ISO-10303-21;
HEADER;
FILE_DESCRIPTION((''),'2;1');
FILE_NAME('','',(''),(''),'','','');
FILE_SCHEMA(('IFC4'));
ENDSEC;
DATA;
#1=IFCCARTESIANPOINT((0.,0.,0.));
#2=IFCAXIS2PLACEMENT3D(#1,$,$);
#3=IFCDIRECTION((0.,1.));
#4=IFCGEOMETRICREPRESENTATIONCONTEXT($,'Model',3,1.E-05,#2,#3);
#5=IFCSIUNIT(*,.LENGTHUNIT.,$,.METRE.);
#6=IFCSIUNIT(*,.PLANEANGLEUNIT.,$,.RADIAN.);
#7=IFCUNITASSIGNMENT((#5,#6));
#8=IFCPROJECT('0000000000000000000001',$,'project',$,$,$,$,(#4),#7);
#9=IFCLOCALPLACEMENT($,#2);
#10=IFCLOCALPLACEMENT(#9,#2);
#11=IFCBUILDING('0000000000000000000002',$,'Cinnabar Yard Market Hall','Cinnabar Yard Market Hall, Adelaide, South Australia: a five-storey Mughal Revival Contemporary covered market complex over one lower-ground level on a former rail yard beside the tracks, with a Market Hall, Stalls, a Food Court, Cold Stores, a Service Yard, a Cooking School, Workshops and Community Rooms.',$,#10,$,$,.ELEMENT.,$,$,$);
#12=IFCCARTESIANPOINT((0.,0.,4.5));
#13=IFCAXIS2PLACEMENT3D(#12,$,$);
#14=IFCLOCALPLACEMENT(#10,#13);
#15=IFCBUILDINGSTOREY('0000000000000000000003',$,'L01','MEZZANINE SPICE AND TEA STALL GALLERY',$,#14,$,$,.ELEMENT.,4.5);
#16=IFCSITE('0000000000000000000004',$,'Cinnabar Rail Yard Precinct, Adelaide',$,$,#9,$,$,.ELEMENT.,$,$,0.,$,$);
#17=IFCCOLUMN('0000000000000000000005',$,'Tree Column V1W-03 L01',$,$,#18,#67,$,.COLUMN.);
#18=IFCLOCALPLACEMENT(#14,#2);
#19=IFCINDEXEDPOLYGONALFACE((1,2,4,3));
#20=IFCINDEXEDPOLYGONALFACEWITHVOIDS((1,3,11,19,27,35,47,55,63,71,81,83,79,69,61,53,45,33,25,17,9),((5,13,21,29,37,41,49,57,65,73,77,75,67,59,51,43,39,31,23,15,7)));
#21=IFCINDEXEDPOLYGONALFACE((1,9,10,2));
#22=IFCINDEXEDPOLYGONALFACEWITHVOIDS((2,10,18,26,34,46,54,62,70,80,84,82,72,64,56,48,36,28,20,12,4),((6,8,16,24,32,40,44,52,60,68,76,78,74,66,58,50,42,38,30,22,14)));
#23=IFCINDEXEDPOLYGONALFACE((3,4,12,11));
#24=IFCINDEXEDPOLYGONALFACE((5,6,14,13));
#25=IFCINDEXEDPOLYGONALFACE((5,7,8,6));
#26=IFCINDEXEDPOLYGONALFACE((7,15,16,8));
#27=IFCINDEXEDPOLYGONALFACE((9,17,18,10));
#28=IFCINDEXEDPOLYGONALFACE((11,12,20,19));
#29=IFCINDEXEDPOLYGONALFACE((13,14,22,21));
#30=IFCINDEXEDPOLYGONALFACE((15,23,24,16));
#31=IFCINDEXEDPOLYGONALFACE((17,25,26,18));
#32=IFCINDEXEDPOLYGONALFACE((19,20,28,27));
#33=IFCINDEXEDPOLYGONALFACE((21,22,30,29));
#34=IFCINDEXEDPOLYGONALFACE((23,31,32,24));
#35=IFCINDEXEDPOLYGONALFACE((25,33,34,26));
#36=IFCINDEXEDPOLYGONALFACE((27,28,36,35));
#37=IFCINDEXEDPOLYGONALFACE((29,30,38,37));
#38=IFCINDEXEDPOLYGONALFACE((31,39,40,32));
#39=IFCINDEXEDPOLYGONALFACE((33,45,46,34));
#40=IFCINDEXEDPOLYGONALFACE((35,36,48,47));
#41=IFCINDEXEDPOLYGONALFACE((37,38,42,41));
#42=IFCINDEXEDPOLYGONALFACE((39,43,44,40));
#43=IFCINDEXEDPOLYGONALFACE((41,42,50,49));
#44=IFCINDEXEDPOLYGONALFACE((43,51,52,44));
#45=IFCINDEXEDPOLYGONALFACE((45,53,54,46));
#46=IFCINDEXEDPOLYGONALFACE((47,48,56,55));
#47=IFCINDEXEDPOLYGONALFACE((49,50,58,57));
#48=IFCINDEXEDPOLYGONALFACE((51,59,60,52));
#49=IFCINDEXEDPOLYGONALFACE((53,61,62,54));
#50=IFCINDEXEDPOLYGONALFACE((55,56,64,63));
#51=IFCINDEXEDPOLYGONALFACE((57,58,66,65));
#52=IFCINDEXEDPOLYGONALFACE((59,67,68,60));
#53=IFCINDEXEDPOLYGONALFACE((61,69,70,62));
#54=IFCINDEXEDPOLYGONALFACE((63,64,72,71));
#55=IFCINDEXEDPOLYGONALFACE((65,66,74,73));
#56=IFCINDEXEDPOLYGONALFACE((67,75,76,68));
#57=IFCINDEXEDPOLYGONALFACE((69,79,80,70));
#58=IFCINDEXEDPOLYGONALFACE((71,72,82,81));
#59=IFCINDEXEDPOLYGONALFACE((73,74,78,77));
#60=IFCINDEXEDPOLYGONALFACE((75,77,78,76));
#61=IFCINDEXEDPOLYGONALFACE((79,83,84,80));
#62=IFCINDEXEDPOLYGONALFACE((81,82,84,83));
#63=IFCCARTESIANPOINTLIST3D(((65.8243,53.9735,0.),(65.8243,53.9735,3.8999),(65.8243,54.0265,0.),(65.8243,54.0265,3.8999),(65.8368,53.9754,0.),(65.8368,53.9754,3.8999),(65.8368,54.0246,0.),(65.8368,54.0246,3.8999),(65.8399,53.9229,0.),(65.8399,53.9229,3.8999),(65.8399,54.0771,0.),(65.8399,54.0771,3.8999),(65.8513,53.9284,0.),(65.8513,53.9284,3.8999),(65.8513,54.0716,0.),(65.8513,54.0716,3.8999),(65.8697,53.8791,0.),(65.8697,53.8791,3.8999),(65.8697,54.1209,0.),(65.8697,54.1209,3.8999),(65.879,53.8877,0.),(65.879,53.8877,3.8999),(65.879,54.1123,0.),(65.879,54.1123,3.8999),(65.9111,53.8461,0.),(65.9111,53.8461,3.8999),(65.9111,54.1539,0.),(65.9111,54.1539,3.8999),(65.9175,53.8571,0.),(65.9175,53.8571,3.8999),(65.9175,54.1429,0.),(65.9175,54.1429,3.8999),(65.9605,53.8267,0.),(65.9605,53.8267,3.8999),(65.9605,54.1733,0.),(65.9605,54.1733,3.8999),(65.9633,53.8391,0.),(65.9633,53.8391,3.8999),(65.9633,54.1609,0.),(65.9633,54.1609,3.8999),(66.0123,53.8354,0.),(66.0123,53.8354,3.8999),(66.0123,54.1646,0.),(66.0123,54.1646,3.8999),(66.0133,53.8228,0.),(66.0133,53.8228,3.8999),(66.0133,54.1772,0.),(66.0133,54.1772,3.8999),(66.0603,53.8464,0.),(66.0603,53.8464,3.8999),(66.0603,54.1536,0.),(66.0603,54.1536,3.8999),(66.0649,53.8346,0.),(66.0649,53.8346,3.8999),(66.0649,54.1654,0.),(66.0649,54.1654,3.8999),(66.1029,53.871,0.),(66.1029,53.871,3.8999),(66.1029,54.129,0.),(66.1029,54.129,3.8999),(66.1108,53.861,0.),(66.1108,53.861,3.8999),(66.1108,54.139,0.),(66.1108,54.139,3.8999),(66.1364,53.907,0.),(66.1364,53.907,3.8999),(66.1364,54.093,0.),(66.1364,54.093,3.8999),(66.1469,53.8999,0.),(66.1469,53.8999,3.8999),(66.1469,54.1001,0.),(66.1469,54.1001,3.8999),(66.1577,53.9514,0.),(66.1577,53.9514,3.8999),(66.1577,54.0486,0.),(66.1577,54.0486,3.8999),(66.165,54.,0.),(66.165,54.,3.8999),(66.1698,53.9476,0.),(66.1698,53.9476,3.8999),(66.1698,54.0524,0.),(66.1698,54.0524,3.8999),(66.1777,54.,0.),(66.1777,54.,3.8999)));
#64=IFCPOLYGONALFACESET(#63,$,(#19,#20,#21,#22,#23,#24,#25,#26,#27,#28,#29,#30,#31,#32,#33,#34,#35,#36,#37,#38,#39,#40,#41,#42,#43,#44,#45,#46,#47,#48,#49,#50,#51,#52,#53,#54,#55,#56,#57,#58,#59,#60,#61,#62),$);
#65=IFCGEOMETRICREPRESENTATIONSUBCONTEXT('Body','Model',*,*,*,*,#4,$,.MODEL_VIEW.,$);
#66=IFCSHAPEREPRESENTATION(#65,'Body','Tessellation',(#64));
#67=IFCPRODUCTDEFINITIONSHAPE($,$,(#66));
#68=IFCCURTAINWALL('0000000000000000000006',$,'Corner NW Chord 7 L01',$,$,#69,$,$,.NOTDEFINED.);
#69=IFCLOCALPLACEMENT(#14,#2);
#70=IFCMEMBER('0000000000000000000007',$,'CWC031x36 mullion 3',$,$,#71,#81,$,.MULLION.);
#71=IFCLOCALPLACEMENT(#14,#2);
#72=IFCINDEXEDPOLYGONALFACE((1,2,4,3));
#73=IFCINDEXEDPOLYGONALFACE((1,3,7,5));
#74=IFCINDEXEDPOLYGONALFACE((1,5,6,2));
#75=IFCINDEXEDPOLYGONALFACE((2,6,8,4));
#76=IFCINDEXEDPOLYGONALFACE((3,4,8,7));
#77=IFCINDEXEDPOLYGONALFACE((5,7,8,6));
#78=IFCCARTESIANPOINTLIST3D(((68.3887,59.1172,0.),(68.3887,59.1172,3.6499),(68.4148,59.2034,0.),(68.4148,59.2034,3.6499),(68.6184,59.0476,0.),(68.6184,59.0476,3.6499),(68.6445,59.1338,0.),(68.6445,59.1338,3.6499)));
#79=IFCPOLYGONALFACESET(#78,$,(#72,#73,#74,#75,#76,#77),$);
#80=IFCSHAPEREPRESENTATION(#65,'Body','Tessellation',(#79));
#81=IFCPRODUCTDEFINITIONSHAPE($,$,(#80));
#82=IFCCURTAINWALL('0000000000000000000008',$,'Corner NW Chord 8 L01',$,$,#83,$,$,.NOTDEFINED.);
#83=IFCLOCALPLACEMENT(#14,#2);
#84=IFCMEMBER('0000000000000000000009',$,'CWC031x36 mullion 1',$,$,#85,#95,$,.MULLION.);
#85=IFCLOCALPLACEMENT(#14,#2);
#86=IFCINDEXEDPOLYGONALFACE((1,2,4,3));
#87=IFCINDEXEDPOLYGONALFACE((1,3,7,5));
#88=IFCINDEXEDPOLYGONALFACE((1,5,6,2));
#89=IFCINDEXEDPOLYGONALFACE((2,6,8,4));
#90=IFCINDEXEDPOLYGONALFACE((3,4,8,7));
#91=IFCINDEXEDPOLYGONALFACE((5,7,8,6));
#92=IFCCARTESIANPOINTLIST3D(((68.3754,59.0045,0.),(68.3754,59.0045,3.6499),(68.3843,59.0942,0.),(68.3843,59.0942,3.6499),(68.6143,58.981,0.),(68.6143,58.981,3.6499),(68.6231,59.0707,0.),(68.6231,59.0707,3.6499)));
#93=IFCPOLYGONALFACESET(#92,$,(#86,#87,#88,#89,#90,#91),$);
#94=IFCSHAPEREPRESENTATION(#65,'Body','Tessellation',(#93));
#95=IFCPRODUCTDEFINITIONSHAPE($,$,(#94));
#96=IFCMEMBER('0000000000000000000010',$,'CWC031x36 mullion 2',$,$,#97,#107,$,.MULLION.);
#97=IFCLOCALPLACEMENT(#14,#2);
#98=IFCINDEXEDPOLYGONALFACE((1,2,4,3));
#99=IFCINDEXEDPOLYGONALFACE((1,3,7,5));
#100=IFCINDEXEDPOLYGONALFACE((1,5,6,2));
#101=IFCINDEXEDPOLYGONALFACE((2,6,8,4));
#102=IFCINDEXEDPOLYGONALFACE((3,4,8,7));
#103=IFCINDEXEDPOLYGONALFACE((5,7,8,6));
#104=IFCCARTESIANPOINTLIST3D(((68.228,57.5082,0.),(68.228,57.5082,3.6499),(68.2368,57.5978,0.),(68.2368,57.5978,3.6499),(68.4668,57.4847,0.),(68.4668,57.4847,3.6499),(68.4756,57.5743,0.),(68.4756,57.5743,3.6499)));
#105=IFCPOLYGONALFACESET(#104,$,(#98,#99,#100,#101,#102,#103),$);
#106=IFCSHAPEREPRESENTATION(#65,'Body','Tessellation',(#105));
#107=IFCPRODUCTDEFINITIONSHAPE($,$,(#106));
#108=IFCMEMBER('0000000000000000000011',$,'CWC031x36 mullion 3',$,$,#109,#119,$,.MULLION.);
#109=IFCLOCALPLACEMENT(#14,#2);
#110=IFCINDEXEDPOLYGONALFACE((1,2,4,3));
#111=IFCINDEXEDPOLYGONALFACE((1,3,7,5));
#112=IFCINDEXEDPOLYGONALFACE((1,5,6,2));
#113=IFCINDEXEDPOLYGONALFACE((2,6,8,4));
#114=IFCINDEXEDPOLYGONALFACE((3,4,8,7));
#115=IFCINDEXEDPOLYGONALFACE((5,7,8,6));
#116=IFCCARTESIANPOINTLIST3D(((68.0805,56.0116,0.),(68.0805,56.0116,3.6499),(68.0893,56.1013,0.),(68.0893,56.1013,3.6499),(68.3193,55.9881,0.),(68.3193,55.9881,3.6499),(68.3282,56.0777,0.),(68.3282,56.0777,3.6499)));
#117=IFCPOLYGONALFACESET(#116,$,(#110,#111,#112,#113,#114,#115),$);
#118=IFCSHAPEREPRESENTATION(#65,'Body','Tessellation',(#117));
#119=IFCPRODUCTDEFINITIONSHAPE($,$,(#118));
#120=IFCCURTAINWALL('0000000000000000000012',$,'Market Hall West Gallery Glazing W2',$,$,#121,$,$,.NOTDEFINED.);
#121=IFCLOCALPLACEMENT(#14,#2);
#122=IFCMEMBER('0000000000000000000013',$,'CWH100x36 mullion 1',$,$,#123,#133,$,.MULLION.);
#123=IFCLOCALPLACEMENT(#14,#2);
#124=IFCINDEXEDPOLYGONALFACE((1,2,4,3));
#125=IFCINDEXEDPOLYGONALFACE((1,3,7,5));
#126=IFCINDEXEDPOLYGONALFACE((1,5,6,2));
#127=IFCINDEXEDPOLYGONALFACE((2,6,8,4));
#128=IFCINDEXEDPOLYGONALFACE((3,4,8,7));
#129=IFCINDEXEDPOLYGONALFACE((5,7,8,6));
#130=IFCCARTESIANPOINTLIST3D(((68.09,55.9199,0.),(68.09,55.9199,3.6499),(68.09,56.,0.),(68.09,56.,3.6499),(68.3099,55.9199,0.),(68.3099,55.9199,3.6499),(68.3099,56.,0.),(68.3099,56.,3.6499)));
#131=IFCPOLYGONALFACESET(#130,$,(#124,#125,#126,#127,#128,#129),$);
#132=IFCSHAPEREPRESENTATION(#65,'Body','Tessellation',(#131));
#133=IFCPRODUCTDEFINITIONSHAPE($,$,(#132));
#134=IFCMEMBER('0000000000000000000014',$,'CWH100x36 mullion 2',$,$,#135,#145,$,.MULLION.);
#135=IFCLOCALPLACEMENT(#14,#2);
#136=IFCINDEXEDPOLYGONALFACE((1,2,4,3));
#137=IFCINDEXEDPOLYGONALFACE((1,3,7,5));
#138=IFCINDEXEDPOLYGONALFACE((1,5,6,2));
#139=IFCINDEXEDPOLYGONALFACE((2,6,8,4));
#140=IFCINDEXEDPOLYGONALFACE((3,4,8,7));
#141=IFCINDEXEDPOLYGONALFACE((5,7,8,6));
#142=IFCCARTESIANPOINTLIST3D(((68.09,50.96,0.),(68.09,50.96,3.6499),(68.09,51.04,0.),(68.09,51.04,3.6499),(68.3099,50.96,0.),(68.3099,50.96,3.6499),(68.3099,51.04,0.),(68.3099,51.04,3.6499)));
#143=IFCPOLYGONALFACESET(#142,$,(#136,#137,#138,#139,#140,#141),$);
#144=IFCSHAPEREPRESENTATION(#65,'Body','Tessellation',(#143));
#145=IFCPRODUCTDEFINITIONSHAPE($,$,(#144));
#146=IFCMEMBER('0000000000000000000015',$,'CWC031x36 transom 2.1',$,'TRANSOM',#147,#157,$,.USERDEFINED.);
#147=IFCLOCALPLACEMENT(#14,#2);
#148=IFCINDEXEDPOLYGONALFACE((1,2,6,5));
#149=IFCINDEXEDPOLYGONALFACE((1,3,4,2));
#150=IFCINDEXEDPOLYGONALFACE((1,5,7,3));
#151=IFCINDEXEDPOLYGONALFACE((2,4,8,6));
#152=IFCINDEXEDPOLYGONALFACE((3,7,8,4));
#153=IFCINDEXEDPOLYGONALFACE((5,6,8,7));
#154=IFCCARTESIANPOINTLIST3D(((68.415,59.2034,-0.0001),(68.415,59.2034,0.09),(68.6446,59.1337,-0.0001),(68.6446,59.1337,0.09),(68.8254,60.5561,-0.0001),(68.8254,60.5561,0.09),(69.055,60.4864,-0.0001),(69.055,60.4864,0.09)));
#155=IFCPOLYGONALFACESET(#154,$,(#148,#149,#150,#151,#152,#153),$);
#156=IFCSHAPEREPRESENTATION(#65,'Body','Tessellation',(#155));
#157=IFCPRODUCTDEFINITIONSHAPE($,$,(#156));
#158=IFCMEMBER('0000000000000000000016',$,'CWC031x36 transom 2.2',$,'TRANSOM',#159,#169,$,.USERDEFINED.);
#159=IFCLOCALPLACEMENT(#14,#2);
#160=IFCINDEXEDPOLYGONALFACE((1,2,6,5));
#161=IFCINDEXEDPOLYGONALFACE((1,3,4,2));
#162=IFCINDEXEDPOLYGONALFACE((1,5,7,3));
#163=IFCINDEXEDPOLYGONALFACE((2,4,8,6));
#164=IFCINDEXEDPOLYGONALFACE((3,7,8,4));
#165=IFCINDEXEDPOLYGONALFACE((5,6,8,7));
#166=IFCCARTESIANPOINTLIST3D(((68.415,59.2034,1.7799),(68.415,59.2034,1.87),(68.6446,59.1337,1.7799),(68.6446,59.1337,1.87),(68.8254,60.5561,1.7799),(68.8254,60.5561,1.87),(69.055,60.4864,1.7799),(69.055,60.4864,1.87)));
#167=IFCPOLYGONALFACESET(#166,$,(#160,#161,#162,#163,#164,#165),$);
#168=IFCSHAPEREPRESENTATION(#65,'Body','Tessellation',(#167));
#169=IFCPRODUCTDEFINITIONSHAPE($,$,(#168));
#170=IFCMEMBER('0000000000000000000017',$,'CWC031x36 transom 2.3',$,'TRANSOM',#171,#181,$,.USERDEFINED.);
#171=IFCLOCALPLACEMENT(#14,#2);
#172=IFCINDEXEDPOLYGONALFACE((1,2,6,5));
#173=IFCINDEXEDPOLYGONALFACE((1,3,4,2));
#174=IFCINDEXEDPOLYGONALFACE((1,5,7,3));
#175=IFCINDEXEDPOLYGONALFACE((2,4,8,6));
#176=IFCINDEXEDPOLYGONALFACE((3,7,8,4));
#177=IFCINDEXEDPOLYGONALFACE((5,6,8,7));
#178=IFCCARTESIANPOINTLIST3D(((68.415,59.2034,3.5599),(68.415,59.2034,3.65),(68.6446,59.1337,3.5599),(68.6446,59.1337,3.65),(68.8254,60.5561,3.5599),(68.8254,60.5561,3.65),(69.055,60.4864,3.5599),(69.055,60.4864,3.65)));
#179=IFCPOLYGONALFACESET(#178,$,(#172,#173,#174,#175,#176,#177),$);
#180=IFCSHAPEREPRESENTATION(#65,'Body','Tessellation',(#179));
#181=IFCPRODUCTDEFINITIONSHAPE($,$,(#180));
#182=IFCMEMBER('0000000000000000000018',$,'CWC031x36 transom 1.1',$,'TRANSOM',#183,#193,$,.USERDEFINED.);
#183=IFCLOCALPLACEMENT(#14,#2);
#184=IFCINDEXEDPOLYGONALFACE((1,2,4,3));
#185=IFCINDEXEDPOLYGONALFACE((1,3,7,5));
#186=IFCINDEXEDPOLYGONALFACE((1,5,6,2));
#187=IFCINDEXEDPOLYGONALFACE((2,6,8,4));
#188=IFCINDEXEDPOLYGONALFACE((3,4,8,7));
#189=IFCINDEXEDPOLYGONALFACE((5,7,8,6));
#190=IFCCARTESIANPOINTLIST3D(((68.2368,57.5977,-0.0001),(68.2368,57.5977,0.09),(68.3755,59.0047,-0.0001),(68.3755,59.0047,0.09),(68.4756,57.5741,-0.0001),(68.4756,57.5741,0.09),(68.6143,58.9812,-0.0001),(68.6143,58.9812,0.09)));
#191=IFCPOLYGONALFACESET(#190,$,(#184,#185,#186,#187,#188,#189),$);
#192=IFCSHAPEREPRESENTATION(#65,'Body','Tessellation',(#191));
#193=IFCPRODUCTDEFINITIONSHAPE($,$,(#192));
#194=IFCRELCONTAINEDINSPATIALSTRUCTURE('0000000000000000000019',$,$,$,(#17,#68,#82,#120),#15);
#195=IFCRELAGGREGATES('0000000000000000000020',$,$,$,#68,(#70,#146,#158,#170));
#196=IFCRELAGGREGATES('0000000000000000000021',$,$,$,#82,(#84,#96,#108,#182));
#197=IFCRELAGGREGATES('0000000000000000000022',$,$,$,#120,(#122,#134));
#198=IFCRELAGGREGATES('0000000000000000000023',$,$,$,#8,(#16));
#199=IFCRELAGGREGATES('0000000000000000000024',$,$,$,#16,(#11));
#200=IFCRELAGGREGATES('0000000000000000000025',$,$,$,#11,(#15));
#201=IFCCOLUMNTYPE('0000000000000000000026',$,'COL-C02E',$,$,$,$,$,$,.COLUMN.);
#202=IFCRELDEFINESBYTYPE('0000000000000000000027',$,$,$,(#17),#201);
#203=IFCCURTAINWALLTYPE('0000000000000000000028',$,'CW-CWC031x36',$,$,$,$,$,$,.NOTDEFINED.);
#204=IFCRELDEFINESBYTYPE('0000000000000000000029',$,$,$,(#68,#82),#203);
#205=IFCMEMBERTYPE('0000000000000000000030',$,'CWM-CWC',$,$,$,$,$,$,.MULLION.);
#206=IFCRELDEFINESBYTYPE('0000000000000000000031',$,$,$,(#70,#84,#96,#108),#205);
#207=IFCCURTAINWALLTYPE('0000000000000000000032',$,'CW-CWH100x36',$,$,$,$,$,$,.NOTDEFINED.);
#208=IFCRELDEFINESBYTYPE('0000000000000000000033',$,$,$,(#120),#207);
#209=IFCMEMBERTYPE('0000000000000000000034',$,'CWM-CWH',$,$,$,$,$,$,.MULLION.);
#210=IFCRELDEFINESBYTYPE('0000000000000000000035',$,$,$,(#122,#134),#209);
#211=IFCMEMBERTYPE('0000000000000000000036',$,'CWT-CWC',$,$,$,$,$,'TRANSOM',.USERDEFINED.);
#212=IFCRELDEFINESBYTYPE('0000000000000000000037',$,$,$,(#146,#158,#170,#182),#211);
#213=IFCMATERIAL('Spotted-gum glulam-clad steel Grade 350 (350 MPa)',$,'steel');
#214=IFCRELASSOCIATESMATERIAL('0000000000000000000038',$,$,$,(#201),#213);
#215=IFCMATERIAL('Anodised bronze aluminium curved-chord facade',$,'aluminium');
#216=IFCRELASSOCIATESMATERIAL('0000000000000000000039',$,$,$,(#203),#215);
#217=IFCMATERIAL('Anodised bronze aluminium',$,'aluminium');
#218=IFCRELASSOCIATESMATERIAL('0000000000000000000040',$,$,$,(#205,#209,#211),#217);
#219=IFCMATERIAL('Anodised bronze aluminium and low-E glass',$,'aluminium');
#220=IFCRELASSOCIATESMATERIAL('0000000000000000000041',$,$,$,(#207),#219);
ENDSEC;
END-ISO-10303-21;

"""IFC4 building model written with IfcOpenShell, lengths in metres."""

from ifc_helpers import new_model, si_unit, direction, frame, origin, origin_2d_with_axis, place, context, subcontext, project, spatial, rectangle, hollow_circle, extrude, material, material_profile, profile_set, type_object, element, aggregate, save


model = new_model("IFC4")

# Units and contexts
model_context = context("Model", 3, precision=1e-05, world=origin(), true_north=direction((0.0, 1.0)))
body_context = subcontext(model_context, "Body", "Model", "MODEL_VIEW")
ifc_project = project(units=[si_unit("LENGTHUNIT", "METRE"), si_unit("PLANEANGLEUNIT", "RADIAN")], contexts=[model_context])

# Site, building, storey
site_placement = place(None, origin())
site = spatial("IfcSite", under=ifc_project, at=site_placement, Name="Cinnabar Rail Yard Precinct, Adelaide", CompositionType="ELEMENT", RefElevation=0.0)
building_placement = place(site_placement, origin())
building = spatial("IfcBuilding", under=site, at=building_placement, Name="Cinnabar Yard Market Hall", Description="Cinnabar Yard Market Hall, Adelaide, South Australia: a five-storey Mughal Revival Contemporary covered market complex over one lower-ground level on a former rail yard beside the tracks, with a Market Hall, Stalls, a Food Court, Cold Stores, a Service Yard, a Cooking School, Workshops and Community Rooms.", CompositionType="ELEMENT")
storey_placement = place(building_placement, frame((0.0, 0.0, 4.5)))
storey = spatial("IfcBuildingStorey", under=building, at=storey_placement, Name="L01", Description="MEZZANINE SPICE AND TEA STALL GALLERY", CompositionType="ELEMENT", Elevation=4.5)

# Column
ifc_material_1 = material(Name="Spotted-gum glulam-clad steel Grade 350 (350 MPa)", Category="steel")
ifc_material_profile_1 = material_profile(ifc_material_1, hollow_circle(Radius=0.1777, WallThickness=0.0127, at=origin_2d_with_axis()), Name="355.6x12.7CHS")
ifc_profile_set_1 = profile_set([ifc_material_profile_1], Name="Spotted-gum glulam-clad steel Grade 350 (350 MPa)")
column_type = type_object("IfcColumnType", Name="COL-C02E", PredefinedType="COLUMN", material=ifc_profile_set_1)
column_placement = place(storey_placement, frame((66.0, 54.0, 0.0), z_axis=(0.0, 0.0, 1.0), x_axis=(1.0, 0.0, 0.0)))
element("IfcColumn", 1, at=column_placement, inside=storey, type_object=column_type, Name="Tree Column V1W-03 L01", PredefinedType="COLUMN", context=body_context, shape_type="SweptSolid", body=[
    extrude(hollow_circle(Radius=0.1777, WallThickness=0.0127, at=origin_2d_with_axis()), origin(), (0.0, 0.0, 1.0), 3.8999),
])

# Curtain wall, member
ifc_material_2 = material(Name="Anodised bronze aluminium curved-chord facade", Category="aluminium")
curtain_wall_type_1 = type_object("IfcCurtainWallType", Name="CW-CWC031x36", PredefinedType="NOTDEFINED", material=ifc_material_2)
curtain_wall_1_placement = place(storey_placement, origin())
curtain_wall_1 = element("IfcCurtainWall", 2, at=curtain_wall_1_placement, inside=storey, type_object=curtain_wall_type_1, Name="Corner NW Chord 7 L01", PredefinedType="NOTDEFINED")
ifc_material_3 = material(Name="Anodised bronze aluminium", Category="aluminium")
ifc_material_profile_2 = material_profile(ifc_material_3, rectangle(XDim=0.24, YDim=0.0901, at=origin_2d_with_axis()), Name="MUL-CWC")
ifc_profile_set_2 = profile_set([ifc_material_profile_2], Name="Anodised bronze aluminium")
member_type_1 = type_object("IfcMemberType", Name="CWM-CWC", PredefinedType="MULLION", material=ifc_profile_set_2)
member_1_placement = place(storey_placement, frame((68.5166, 59.1255, 0.0), z_axis=(0.0, 0.0, 1.0), x_axis=(0.956942, -0.290279, 0.0)))
member_1 = element("IfcMember", 3, at=member_1_placement, type_object=member_type_1, Name="CWC031x36 mullion 3", PredefinedType="MULLION", context=body_context, shape_type="SweptSolid", body=[
    extrude(rectangle(XDim=0.24, YDim=0.0901, at=origin_2d_with_axis()), origin(), (0.0, 0.0, 1.0), 3.6499),
])

# Curtain walls, members
curtain_wall_2_placement = place(storey_placement, origin())
curtain_wall_2 = element("IfcCurtainWall", 4, at=curtain_wall_2_placement, inside=storey, type_object=curtain_wall_type_1, Name="Corner NW Chord 8 L01", PredefinedType="NOTDEFINED")
member_2_placement = place(storey_placement, frame((68.4993, 59.0376, 0.0), z_axis=(0.0, 0.0, 1.0), x_axis=(0.995184, -0.09802, 0.0)))
member_2 = element("IfcMember", 5, at=member_2_placement, type_object=member_type_1, Name="CWC031x36 mullion 1", PredefinedType="MULLION", context=body_context, shape_type="SweptSolid", body=[
    extrude(rectangle(XDim=0.24, YDim=0.0901, at=origin_2d_with_axis()), origin(), (0.0, 0.0, 1.0), 3.6499),
])
member_3_placement = place(storey_placement, frame((68.3518, 57.5413, 0.0), z_axis=(0.0, 0.0, 1.0), x_axis=(0.995184, -0.09802, 0.0)))
member_3 = element("IfcMember", 6, at=member_3_placement, type_object=member_type_1, Name="CWC031x36 mullion 2", PredefinedType="MULLION", context=body_context, shape_type="SweptSolid", body=[
    extrude(rectangle(XDim=0.24, YDim=0.0901, at=origin_2d_with_axis()), origin(), (0.0, 0.0, 1.0), 3.6499),
])
member_4_placement = place(storey_placement, frame((68.2043, 56.0447, 0.0), z_axis=(0.0, 0.0, 1.0), x_axis=(0.995184, -0.09802, 0.0)))
member_4 = element("IfcMember", 7, at=member_4_placement, type_object=member_type_1, Name="CWC031x36 mullion 3", PredefinedType="MULLION", context=body_context, shape_type="SweptSolid", body=[
    extrude(rectangle(XDim=0.24, YDim=0.0901, at=origin_2d_with_axis()), origin(), (0.0, 0.0, 1.0), 3.6499),
])
ifc_material_4 = material(Name="Anodised bronze aluminium and low-E glass", Category="aluminium")
curtain_wall_type_2 = type_object("IfcCurtainWallType", Name="CW-CWH100x36", PredefinedType="NOTDEFINED", material=ifc_material_4)
curtain_wall_3_placement = place(storey_placement, origin())
curtain_wall_3 = element("IfcCurtainWall", 8, at=curtain_wall_3_placement, inside=storey, type_object=curtain_wall_type_2, Name="Market Hall West Gallery Glazing W2", PredefinedType="NOTDEFINED")
ifc_material_profile_3 = material_profile(ifc_material_3, rectangle(XDim=0.22, YDim=0.0801, at=origin_2d_with_axis()), Name="MUL-CWH")
ifc_profile_set_3 = profile_set([ifc_material_profile_3], Name="Anodised bronze aluminium")
member_type_2 = type_object("IfcMemberType", Name="CWM-CWH", PredefinedType="MULLION", material=ifc_profile_set_3)
member_5_placement = place(storey_placement, frame((68.2, 55.96, 0.0), z_axis=(0.0, 0.0, 1.0), x_axis=(1.0, 0.0, 0.0)))
member_5 = element("IfcMember", 9, at=member_5_placement, type_object=member_type_2, Name="CWH100x36 mullion 1", PredefinedType="MULLION", context=body_context, shape_type="SweptSolid", body=[
    extrude(rectangle(XDim=0.22, YDim=0.0801, at=origin_2d_with_axis()), origin(), (0.0, 0.0, 1.0), 3.6499),
])
member_6_placement = place(storey_placement, frame((68.2, 51.0, 0.0), z_axis=(0.0, 0.0, 1.0), x_axis=(1.0, 0.0, 0.0)))
member_6 = element("IfcMember", 10, at=member_6_placement, type_object=member_type_2, Name="CWH100x36 mullion 2", PredefinedType="MULLION", context=body_context, shape_type="SweptSolid", body=[
    extrude(rectangle(XDim=0.22, YDim=0.0801, at=origin_2d_with_axis()), origin(), (0.0, 0.0, 1.0), 3.6499),
])

# Members
ifc_material_profile_4 = material_profile(ifc_material_3, rectangle(XDim=0.24, YDim=0.0901, at=origin_2d_with_axis()), Name="TRN-CWC")
ifc_profile_set_4 = profile_set([ifc_material_profile_4], Name="Anodised bronze aluminium")
member_type_3 = type_object("IfcMemberType", Name="CWT-CWC", ElementType="TRANSOM", PredefinedType="USERDEFINED", material=ifc_profile_set_4)
member_7_placement = place(storey_placement, frame((68.9402, 60.5212, 0.0449), z_axis=(-0.290309, -0.956933, 0.0), x_axis=(0.956933, -0.290309, 0.0)))
member_7 = element("IfcMember", 11, at=member_7_placement, type_object=member_type_3, Name="CWC031x36 transom 2.1", ObjectType="TRANSOM", PredefinedType="USERDEFINED", context=body_context, shape_type="SweptSolid", body=[
    extrude(rectangle(XDim=0.24, YDim=0.0901, at=origin_2d_with_axis()), origin(), (0.0, 0.0, 1.0), 1.4136),
])
member_8_placement = place(storey_placement, frame((68.9402, 60.5212, 1.825), z_axis=(-0.290309, -0.956933, 0.0), x_axis=(0.956933, -0.290309, 0.0)))
member_8 = element("IfcMember", 12, at=member_8_placement, type_object=member_type_3, Name="CWC031x36 transom 2.2", ObjectType="TRANSOM", PredefinedType="USERDEFINED", context=body_context, shape_type="SweptSolid", body=[
    extrude(rectangle(XDim=0.24, YDim=0.0901, at=origin_2d_with_axis()), origin(), (0.0, 0.0, 1.0), 1.4136),
])
member_9_placement = place(storey_placement, frame((68.9402, 60.5212, 3.605), z_axis=(-0.290309, -0.956933, 0.0), x_axis=(0.956933, -0.290309, 0.0)))
member_9 = element("IfcMember", 13, at=member_9_placement, type_object=member_type_3, Name="CWC031x36 transom 2.3", ObjectType="TRANSOM", PredefinedType="USERDEFINED", context=body_context, shape_type="SweptSolid", body=[
    extrude(rectangle(XDim=0.24, YDim=0.0901, at=origin_2d_with_axis()), origin(), (0.0, 0.0, 1.0), 1.4136),
])
member_10_placement = place(storey_placement, frame((68.4949, 58.9929, 0.0449), z_axis=(-0.098085, -0.995178, 0.0), x_axis=(0.995178, -0.098085, 0.0)))
member_10 = element("IfcMember", 14, at=member_10_placement, type_object=member_type_3, Name="CWC031x36 transom 1.1", ObjectType="TRANSOM", PredefinedType="USERDEFINED", context=body_context, shape_type="SweptSolid", body=[
    extrude(rectangle(XDim=0.24, YDim=0.0901, at=origin_2d_with_axis()), origin(), (0.0, 0.0, 1.0), 1.4138),
])

aggregate(curtain_wall_1, [member_1, member_7, member_8, member_9])
aggregate(curtain_wall_2, [member_2, member_3, member_4, member_10])
aggregate(curtain_wall_3, [member_5, member_6])

save(model, "model.ifc")
